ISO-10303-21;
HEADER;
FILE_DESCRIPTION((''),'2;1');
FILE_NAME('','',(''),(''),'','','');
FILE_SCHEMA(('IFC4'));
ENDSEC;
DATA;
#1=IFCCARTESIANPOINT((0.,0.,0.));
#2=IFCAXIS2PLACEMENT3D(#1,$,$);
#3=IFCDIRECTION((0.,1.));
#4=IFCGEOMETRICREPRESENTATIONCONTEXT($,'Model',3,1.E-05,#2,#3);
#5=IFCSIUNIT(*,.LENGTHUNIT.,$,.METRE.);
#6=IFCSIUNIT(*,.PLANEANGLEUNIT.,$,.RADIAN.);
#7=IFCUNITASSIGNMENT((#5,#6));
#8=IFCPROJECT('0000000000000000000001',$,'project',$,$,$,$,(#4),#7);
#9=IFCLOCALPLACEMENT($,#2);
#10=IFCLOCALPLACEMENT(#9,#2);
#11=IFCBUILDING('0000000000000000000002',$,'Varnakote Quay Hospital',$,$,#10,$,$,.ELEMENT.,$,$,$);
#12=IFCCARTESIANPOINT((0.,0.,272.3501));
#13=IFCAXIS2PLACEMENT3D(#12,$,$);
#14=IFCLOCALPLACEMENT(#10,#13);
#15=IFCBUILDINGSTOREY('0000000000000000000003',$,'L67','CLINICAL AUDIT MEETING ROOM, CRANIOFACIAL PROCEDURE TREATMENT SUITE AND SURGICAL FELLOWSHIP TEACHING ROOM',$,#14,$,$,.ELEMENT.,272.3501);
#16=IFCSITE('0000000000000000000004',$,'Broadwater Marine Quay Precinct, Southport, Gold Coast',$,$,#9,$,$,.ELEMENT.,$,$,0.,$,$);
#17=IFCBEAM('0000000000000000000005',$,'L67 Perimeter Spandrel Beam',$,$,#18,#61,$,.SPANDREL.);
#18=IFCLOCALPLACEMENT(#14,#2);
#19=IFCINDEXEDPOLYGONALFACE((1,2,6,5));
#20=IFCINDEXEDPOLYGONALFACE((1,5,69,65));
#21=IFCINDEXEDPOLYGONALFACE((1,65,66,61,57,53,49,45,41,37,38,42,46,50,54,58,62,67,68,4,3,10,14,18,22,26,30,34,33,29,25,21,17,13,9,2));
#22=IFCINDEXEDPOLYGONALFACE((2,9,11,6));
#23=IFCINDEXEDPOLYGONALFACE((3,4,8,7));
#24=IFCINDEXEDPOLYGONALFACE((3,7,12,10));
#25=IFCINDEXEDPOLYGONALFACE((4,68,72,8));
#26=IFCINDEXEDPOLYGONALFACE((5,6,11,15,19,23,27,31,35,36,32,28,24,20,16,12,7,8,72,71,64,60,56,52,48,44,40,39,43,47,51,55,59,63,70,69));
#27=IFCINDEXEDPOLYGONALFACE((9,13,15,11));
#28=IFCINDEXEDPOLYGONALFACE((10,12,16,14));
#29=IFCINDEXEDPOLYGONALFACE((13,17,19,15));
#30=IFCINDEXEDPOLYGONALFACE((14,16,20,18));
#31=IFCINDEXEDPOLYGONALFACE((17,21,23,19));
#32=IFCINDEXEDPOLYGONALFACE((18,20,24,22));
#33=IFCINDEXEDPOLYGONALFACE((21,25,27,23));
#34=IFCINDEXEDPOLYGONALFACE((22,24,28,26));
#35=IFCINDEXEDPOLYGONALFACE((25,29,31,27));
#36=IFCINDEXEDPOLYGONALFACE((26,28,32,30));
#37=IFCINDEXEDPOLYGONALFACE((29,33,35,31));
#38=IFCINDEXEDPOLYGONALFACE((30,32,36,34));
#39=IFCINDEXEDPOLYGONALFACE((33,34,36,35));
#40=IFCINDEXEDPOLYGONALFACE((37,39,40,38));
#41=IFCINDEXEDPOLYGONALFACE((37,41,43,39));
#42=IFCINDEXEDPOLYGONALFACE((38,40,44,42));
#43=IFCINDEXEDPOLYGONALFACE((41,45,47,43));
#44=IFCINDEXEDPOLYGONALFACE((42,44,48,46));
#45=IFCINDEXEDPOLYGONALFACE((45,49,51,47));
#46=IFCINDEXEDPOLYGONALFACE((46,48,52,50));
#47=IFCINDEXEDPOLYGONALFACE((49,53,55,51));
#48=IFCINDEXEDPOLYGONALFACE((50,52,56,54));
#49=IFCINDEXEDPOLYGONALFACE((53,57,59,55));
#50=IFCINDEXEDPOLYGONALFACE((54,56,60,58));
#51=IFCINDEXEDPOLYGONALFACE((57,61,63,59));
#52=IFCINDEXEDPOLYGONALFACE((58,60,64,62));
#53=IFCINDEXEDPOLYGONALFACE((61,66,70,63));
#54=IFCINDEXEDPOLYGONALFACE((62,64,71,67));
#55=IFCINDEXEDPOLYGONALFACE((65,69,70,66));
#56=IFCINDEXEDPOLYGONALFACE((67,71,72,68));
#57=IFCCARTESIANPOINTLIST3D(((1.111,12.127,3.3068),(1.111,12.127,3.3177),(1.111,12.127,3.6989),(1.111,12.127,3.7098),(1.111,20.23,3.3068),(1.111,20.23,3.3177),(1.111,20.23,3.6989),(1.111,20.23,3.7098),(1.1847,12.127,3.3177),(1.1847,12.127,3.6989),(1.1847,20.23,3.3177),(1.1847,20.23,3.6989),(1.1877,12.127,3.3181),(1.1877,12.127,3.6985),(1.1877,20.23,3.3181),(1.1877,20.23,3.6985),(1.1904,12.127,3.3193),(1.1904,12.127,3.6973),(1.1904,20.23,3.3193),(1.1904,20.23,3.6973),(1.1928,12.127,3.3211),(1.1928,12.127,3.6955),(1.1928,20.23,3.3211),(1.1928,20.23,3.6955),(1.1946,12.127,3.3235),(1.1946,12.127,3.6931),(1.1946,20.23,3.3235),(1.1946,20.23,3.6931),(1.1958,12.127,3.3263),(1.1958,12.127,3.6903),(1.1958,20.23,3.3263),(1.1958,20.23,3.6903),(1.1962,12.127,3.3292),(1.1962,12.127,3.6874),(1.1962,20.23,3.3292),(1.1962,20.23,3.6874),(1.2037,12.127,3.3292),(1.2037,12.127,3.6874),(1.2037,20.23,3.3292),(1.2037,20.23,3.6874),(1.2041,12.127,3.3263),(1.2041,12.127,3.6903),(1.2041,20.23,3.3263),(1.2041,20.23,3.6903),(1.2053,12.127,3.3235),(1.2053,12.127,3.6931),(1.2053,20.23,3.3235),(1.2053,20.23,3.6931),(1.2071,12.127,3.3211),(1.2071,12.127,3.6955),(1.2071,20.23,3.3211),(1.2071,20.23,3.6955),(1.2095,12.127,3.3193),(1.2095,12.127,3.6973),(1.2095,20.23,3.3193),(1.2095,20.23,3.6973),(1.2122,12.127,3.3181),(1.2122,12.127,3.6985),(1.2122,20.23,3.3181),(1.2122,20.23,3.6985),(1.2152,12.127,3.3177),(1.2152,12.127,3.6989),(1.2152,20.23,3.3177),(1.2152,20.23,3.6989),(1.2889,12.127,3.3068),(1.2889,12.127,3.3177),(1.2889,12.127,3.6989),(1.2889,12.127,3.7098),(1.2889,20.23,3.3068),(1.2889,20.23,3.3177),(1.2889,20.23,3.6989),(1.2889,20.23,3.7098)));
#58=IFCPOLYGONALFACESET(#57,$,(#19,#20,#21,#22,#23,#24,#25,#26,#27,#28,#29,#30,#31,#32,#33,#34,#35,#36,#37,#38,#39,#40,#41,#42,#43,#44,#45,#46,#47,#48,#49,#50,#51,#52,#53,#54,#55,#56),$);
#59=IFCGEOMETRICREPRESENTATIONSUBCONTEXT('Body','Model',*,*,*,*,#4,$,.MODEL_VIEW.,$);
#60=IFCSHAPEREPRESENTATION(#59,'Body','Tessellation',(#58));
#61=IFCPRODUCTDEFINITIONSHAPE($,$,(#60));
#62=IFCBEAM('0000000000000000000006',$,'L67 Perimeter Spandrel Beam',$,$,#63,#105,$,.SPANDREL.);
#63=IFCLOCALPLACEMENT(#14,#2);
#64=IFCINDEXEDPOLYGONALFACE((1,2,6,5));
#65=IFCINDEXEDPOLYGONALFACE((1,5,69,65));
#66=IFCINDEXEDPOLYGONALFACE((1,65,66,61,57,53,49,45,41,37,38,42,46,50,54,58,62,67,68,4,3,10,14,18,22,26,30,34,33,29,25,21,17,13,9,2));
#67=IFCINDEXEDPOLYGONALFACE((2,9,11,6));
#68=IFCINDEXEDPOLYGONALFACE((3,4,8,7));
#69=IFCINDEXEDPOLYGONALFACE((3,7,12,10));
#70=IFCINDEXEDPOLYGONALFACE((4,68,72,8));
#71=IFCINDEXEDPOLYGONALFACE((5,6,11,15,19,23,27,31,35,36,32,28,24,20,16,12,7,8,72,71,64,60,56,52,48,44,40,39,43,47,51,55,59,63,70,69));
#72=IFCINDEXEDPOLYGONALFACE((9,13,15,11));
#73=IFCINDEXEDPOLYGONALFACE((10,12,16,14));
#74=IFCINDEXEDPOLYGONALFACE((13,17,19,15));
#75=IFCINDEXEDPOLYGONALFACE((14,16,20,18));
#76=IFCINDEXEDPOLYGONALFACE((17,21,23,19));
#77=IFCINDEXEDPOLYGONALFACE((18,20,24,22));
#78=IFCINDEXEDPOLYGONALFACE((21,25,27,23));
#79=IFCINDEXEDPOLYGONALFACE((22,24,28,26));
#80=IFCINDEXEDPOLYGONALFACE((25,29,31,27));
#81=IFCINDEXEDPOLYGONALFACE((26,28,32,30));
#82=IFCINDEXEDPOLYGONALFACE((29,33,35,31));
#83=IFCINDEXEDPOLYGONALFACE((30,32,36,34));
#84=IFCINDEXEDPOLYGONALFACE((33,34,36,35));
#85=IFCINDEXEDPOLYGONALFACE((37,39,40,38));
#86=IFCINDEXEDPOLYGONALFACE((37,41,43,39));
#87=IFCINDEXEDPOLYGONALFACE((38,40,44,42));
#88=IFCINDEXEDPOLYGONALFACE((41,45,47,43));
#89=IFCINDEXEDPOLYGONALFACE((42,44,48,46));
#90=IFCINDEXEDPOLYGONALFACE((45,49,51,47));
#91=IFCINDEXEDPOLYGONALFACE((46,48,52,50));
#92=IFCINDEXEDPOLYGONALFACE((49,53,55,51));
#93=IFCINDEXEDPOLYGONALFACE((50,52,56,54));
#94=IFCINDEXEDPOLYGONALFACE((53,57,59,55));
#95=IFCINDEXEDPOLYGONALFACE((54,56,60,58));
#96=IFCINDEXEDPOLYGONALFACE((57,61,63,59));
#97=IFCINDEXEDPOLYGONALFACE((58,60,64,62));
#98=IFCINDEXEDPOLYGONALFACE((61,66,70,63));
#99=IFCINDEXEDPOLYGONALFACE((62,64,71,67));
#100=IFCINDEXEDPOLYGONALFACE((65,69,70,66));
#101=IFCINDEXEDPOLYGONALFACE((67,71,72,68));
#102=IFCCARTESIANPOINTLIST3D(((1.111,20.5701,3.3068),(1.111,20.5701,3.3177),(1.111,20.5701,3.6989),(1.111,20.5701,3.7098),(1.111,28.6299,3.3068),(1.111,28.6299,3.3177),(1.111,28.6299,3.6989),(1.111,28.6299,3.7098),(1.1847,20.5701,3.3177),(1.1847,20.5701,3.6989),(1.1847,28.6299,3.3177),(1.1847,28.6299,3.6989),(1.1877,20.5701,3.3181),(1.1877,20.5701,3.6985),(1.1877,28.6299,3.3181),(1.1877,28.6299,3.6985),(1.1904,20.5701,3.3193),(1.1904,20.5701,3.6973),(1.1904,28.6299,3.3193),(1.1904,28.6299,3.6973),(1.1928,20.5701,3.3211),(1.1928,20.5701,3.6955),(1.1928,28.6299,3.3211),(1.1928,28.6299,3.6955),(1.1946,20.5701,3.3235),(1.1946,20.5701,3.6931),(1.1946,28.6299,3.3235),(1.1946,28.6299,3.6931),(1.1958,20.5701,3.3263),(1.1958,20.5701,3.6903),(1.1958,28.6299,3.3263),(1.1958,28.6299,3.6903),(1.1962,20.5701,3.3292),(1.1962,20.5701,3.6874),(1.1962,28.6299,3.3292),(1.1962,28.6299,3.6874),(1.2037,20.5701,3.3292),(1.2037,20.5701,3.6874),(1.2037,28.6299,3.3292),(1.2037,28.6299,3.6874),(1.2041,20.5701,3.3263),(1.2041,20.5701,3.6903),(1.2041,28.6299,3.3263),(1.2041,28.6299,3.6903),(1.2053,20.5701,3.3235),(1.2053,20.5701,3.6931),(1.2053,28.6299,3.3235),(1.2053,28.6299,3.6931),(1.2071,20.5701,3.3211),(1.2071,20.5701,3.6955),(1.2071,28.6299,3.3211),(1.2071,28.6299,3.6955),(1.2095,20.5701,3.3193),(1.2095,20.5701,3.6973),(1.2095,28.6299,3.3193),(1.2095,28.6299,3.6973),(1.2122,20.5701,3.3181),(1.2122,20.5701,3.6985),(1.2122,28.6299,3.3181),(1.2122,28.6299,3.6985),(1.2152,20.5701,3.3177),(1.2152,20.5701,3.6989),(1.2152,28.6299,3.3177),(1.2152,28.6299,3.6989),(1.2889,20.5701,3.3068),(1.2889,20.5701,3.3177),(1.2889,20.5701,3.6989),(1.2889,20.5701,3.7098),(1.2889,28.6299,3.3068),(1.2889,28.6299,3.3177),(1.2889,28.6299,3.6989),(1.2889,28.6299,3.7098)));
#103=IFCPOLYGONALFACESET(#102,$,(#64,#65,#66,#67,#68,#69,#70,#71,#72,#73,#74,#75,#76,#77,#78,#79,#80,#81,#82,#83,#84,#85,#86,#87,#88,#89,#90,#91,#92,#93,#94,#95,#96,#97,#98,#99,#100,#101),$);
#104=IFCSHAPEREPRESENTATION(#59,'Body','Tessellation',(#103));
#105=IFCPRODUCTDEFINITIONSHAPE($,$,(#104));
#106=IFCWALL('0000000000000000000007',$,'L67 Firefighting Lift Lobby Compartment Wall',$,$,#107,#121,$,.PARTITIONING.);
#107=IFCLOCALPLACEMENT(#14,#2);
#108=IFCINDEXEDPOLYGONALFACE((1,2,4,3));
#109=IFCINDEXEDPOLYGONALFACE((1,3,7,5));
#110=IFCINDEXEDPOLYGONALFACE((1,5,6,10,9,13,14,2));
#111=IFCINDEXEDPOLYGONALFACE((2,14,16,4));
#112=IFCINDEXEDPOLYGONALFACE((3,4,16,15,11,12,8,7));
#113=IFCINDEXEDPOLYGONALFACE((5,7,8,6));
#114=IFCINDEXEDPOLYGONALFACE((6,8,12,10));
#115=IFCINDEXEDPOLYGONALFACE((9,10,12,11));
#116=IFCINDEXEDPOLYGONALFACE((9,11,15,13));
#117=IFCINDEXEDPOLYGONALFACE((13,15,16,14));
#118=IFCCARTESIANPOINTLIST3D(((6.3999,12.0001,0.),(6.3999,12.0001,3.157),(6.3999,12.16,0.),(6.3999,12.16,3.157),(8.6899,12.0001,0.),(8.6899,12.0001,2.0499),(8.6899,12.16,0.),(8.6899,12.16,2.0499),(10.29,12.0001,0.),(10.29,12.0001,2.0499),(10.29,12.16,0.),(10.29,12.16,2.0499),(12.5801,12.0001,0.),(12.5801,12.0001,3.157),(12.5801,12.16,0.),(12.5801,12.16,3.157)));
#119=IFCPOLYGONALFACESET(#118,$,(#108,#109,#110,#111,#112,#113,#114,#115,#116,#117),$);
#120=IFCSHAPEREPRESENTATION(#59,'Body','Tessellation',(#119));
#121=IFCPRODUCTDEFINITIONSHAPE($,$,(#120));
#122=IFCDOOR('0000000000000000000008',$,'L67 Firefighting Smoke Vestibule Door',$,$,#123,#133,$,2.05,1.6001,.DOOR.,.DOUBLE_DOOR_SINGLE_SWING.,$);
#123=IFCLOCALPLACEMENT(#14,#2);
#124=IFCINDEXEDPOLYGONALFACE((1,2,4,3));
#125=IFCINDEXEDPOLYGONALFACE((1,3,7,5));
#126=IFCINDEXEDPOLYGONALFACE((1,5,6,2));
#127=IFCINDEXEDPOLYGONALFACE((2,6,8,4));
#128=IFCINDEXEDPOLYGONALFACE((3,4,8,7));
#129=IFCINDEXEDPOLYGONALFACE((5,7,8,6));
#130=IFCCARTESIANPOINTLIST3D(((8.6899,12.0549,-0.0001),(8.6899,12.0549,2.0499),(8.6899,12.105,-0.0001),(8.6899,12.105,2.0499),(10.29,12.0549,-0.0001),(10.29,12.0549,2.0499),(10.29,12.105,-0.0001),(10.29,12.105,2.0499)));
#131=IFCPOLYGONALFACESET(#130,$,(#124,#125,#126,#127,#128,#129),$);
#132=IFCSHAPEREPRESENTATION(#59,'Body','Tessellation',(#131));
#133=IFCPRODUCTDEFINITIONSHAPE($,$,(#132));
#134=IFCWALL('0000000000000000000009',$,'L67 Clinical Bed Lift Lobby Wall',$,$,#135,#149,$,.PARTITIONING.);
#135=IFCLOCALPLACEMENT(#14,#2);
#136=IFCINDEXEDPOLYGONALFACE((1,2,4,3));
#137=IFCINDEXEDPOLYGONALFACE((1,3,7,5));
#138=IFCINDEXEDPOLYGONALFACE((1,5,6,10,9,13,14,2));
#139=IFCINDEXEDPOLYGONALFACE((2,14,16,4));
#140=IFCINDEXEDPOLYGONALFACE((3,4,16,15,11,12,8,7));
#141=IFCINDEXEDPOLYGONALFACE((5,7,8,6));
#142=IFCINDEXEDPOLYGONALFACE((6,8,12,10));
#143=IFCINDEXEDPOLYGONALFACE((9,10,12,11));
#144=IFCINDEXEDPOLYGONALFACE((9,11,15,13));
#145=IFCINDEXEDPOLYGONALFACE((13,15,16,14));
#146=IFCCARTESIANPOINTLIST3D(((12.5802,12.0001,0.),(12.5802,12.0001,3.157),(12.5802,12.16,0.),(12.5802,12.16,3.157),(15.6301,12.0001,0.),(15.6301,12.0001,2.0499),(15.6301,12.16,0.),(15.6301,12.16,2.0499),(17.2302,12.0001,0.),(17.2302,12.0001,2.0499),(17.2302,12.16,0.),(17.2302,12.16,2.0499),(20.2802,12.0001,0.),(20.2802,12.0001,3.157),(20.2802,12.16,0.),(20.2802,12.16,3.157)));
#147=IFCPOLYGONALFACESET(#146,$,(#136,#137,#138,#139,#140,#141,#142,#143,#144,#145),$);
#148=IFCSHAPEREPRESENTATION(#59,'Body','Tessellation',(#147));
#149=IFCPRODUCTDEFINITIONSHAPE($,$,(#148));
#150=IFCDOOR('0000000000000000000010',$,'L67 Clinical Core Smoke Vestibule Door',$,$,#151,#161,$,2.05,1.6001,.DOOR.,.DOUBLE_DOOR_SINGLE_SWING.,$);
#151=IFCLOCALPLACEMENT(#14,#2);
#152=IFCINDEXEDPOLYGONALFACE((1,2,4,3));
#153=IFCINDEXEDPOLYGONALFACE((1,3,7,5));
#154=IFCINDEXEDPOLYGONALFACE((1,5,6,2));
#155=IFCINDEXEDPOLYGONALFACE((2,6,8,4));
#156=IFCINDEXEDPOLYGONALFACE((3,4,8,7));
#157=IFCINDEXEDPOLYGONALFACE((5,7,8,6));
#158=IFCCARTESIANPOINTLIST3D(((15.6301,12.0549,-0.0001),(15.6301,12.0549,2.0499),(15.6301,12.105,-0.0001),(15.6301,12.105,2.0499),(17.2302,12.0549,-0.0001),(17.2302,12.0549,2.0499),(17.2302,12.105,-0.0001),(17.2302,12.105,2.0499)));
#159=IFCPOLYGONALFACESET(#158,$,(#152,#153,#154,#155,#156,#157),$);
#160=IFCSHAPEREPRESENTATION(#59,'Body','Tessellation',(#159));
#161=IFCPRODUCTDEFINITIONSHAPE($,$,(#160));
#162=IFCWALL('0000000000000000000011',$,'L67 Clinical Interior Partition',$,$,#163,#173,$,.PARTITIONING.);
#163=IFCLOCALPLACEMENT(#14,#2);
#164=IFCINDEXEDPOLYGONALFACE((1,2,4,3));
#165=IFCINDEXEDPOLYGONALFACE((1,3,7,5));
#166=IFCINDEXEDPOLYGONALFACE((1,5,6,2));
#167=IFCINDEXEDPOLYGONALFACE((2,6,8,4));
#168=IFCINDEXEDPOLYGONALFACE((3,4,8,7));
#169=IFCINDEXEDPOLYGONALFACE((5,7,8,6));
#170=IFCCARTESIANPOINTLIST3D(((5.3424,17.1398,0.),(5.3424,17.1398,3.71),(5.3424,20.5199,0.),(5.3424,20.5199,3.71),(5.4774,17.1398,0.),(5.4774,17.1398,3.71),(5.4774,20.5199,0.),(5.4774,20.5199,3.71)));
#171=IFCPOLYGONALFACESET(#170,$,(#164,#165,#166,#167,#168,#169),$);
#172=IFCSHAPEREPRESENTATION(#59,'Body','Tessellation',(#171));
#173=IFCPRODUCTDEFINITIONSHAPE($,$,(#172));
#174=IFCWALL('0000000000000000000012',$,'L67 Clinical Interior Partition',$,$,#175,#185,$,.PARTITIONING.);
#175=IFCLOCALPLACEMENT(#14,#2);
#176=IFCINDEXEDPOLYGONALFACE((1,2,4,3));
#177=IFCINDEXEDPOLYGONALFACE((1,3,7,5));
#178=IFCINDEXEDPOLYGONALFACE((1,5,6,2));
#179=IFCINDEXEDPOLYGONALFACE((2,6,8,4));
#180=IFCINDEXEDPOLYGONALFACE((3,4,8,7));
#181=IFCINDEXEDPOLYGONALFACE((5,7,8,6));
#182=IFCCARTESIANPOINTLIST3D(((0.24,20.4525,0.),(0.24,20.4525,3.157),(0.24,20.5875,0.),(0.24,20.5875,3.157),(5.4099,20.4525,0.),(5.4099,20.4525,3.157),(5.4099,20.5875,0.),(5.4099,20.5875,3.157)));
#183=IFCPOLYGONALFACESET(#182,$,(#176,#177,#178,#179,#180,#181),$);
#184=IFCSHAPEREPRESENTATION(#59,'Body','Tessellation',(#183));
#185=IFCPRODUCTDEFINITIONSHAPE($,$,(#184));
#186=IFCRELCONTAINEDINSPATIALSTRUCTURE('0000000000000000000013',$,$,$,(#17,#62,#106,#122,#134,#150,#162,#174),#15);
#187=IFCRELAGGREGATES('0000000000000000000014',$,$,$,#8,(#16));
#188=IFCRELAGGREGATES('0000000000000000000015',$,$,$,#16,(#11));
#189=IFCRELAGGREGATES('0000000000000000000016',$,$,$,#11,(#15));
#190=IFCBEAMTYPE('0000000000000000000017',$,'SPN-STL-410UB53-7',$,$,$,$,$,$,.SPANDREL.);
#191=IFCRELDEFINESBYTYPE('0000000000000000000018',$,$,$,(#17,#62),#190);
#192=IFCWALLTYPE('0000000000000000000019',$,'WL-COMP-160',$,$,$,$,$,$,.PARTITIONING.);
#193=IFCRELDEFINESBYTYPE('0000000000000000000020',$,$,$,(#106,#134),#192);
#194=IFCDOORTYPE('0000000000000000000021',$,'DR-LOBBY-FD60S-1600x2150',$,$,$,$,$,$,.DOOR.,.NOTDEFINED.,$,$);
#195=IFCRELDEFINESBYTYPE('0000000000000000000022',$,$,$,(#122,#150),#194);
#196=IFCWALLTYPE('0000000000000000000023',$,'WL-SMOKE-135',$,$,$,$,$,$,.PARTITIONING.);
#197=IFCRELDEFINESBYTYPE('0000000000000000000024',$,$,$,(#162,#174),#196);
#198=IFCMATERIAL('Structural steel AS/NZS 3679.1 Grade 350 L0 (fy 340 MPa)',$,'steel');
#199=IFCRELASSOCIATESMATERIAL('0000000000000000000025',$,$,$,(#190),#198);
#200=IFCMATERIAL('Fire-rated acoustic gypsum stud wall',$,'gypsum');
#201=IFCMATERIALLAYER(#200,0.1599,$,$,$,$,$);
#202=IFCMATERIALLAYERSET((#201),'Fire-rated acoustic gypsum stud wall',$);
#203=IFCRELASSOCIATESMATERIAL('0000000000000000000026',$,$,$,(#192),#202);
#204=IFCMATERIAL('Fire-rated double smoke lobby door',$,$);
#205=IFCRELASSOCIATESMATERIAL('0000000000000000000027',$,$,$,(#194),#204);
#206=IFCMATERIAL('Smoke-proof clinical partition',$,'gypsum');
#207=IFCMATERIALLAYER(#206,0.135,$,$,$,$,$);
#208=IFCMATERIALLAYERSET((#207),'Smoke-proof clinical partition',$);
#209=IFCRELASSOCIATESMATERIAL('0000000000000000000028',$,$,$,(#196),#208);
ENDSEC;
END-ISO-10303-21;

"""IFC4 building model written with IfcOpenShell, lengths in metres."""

from ifc_helpers import new_model, si_unit, direction, frame, frame_2d, origin, origin_2d, place, context, subcontext, project, spatial, rectangle, i_section, extrude, material, layer, layer_set, material_profile, profile_set, type_object, element, fill, save


model = new_model("IFC4")

# Units and contexts
model_context = context("Model", 3, precision=1e-05, world=origin(), true_north=direction((0.0, 1.0)))
body_context = subcontext(model_context, "Body", "Model", "MODEL_VIEW")
ifc_project = project(units=[si_unit("LENGTHUNIT", "METRE"), si_unit("PLANEANGLEUNIT", "RADIAN")], contexts=[model_context])

# Site, building, storey
site_placement = place(None, origin())
site = spatial("IfcSite", under=ifc_project, at=site_placement, Name="Broadwater Marine Quay Precinct, Southport, Gold Coast", CompositionType="ELEMENT", RefElevation=0.0)
building_placement = place(site_placement, origin())
building = spatial("IfcBuilding", under=site, at=building_placement, Name="Varnakote Quay Hospital", CompositionType="ELEMENT")
storey_placement = place(building_placement, frame((0.0, 0.0, 272.3501)))
storey = spatial("IfcBuildingStorey", under=building, at=storey_placement, Name="L67", Description="CLINICAL AUDIT MEETING ROOM, CRANIOFACIAL PROCEDURE TREATMENT SUITE AND SURGICAL FELLOWSHIP TEACHING ROOM", CompositionType="ELEMENT", Elevation=272.3501)

# Beams
ifc_material_1 = material(Name="Structural steel AS/NZS 3679.1 Grade 350 L0 (fy 340 MPa)", Category="steel")
ifc_material_profile_1 = material_profile(ifc_material_1, i_section(OverallWidth=0.178, OverallDepth=0.4031, WebThickness=0.0076, FlangeThickness=0.011, FilletRadius=0.0115, at=origin_2d()), Name="410UB53.7")
ifc_profile_set_1 = profile_set([ifc_material_profile_1], Name="Structural steel AS/NZS 3679.1 Grade 350 L0 (fy 340 MPa)")
beam_type_1 = type_object("IfcBeamType", Name="SPN-STL-410UB53-7", PredefinedType="SPANDREL", material=ifc_profile_set_1)
beam_1_placement = place(storey_placement, frame((1.2, 12.127, 3.5083), z_axis=(0.0, 1.0, 0.0), x_axis=(-1.0, 0.0, 0.0)))
element("IfcBeam", 1, at=beam_1_placement, inside=storey, type_object=beam_type_1, Name="L67 Perimeter Spandrel Beam", PredefinedType="SPANDREL", context=body_context, shape_type="SweptSolid", body=[
    extrude(i_section(OverallWidth=0.178, OverallDepth=0.4031, WebThickness=0.0076, FlangeThickness=0.011, FilletRadius=0.0115, at=origin_2d()), origin(), (0.0, 0.0, 1.0), 8.103),
])
beam_2_placement = place(storey_placement, frame((1.2, 20.5701, 3.5083), z_axis=(0.0, 1.0, 0.0), x_axis=(-1.0, 0.0, 0.0)))
element("IfcBeam", 2, at=beam_2_placement, inside=storey, type_object=beam_type_1, Name="L67 Perimeter Spandrel Beam", PredefinedType="SPANDREL", context=body_context, shape_type="SweptSolid", body=[
    extrude(i_section(OverallWidth=0.178, OverallDepth=0.4031, WebThickness=0.0076, FlangeThickness=0.011, FilletRadius=0.0115, at=origin_2d()), origin(), (0.0, 0.0, 1.0), 8.0598),
])

# Walls, openings, doors
ifc_material_2 = material(Name="Fire-rated acoustic gypsum stud wall", Category="gypsum")
ifc_layer_1 = layer(ifc_material_2, 0.1599)
ifc_layer_set_1 = layer_set([ifc_layer_1], Name="Fire-rated acoustic gypsum stud wall")
wall_type_1 = type_object("IfcWallType", Name="WL-COMP-160", PredefinedType="PARTITIONING", material=ifc_layer_set_1)
wall_1_placement = place(storey_placement, frame((6.3999, 12.0801, 0.0), z_axis=(0.0, 0.0, 1.0), x_axis=(1.0, 0.0, 0.0)))
wall_1 = element("IfcWall", 3, at=wall_1_placement, inside=storey, type_object=wall_type_1, Name="L67 Firefighting Lift Lobby Compartment Wall", PredefinedType="PARTITIONING", context=body_context, shape_type="SweptSolid", body=[
    extrude(rectangle(XDim=6.1802, YDim=0.1599, at=frame_2d((3.0901, 0.0))), origin(), (0.0, 0.0, 1.0), 3.157),
])
opening_1_placement = place(wall_1_placement, frame((2.29, 0.0, 0.0)))
opening_1 = element("IfcOpeningElement", 4, at=opening_1_placement, cuts=wall_1, PredefinedType="OPENING", context=body_context, shape_type="SweptSolid", body=[
    extrude(rectangle(XDim=1.6001, YDim=2.05, at=frame_2d((0.8, 1.0249))), frame((0.0, 0.0898, 0.0), z_axis=(0.0, -1.0, 0.0), x_axis=(1.0, 0.0, 0.0)), (0.0, 0.0, 1.0), 0.1799),
])
ifc_material_3 = material(Name="Fire-rated double smoke lobby door")
door_type_1 = type_object("IfcDoorType", Name="DR-LOBBY-FD60S-1600x2150", OperationType="NOTDEFINED", PredefinedType="DOOR", material=ifc_material_3)
door_1_placement = place(opening_1_placement, origin())
door_1 = element("IfcDoor", 5, at=door_1_placement, inside=storey, type_object=door_type_1, Name="L67 Firefighting Smoke Vestibule Door", OperationType="DOUBLE_DOOR_SINGLE_SWING", OverallHeight=2.05, OverallWidth=1.6001, PredefinedType="DOOR", context=body_context, shape_type="SweptSolid", body=[
    extrude(rectangle(XDim=1.6001, YDim=2.05, at=frame_2d((0.8, 1.0249))), frame((0.0, 0.0249, 0.0), z_axis=(0.0, -1.0, 0.0), x_axis=(1.0, 0.0, 0.0)), (0.0, 0.0, 1.0), 0.05),
])
fill(opening_1, door_1)
wall_2_placement = place(storey_placement, frame((12.5801, 12.0801, 0.0), z_axis=(0.0, 0.0, 1.0), x_axis=(1.0, 0.0, 0.0)))
wall_2 = element("IfcWall", 6, at=wall_2_placement, inside=storey, type_object=wall_type_1, Name="L67 Clinical Bed Lift Lobby Wall", PredefinedType="PARTITIONING", context=body_context, shape_type="SweptSolid", body=[
    extrude(rectangle(XDim=7.7, YDim=0.1599, at=frame_2d((3.8501, 0.0))), origin(), (0.0, 0.0, 1.0), 3.157),
])
opening_2_placement = place(wall_2_placement, frame((3.05, 0.0, 0.0)))
opening_2 = element("IfcOpeningElement", 7, at=opening_2_placement, cuts=wall_2, PredefinedType="OPENING", context=body_context, shape_type="SweptSolid", body=[
    extrude(rectangle(XDim=1.6001, YDim=2.05, at=frame_2d((0.8, 1.0249))), frame((0.0, 0.0898, 0.0), z_axis=(0.0, -1.0, 0.0), x_axis=(1.0, 0.0, 0.0)), (0.0, 0.0, 1.0), 0.1799),
])
door_2_placement = place(opening_2_placement, origin())
door_2 = element("IfcDoor", 8, at=door_2_placement, inside=storey, type_object=door_type_1, Name="L67 Clinical Core Smoke Vestibule Door", OperationType="DOUBLE_DOOR_SINGLE_SWING", OverallHeight=2.05, OverallWidth=1.6001, PredefinedType="DOOR", context=body_context, shape_type="SweptSolid", body=[
    extrude(rectangle(XDim=1.6001, YDim=2.05, at=frame_2d((0.8, 1.0249))), frame((0.0, 0.0249, 0.0), z_axis=(0.0, -1.0, 0.0), x_axis=(1.0, 0.0, 0.0)), (0.0, 0.0, 1.0), 0.05),
])
fill(opening_2, door_2)

# Walls
ifc_material_4 = material(Name="Smoke-proof clinical partition", Category="gypsum")
ifc_layer_2 = layer(ifc_material_4, 0.135)
ifc_layer_set_2 = layer_set([ifc_layer_2], Name="Smoke-proof clinical partition")
wall_type_2 = type_object("IfcWallType", Name="WL-SMOKE-135", PredefinedType="PARTITIONING", material=ifc_layer_set_2)
wall_3_placement = place(storey_placement, frame((5.4099, 17.1399, 0.0), z_axis=(0.0, 0.0, 1.0), x_axis=(0.0, 1.0, 0.0)))
element("IfcWall", 9, at=wall_3_placement, inside=storey, type_object=wall_type_2, Name="L67 Clinical Interior Partition", PredefinedType="PARTITIONING", context=body_context, shape_type="SweptSolid", body=[
    extrude(rectangle(XDim=3.3801, YDim=0.135, at=frame_2d((1.6899, 0.0))), origin(), (0.0, 0.0, 1.0), 3.71),
])
wall_4_placement = place(storey_placement, frame((5.4099, 20.52, 0.0), z_axis=(0.0, 0.0, 1.0), x_axis=(-1.0, 0.0, 0.0)))
element("IfcWall", 10, at=wall_4_placement, inside=storey, type_object=wall_type_2, Name="L67 Clinical Interior Partition", PredefinedType="PARTITIONING", context=body_context, shape_type="SweptSolid", body=[
    extrude(rectangle(XDim=5.1699, YDim=0.135, at=frame_2d((2.585, 0.0))), origin(), (0.0, 0.0, 1.0), 3.157),
])

save(model, "model.ifc")
